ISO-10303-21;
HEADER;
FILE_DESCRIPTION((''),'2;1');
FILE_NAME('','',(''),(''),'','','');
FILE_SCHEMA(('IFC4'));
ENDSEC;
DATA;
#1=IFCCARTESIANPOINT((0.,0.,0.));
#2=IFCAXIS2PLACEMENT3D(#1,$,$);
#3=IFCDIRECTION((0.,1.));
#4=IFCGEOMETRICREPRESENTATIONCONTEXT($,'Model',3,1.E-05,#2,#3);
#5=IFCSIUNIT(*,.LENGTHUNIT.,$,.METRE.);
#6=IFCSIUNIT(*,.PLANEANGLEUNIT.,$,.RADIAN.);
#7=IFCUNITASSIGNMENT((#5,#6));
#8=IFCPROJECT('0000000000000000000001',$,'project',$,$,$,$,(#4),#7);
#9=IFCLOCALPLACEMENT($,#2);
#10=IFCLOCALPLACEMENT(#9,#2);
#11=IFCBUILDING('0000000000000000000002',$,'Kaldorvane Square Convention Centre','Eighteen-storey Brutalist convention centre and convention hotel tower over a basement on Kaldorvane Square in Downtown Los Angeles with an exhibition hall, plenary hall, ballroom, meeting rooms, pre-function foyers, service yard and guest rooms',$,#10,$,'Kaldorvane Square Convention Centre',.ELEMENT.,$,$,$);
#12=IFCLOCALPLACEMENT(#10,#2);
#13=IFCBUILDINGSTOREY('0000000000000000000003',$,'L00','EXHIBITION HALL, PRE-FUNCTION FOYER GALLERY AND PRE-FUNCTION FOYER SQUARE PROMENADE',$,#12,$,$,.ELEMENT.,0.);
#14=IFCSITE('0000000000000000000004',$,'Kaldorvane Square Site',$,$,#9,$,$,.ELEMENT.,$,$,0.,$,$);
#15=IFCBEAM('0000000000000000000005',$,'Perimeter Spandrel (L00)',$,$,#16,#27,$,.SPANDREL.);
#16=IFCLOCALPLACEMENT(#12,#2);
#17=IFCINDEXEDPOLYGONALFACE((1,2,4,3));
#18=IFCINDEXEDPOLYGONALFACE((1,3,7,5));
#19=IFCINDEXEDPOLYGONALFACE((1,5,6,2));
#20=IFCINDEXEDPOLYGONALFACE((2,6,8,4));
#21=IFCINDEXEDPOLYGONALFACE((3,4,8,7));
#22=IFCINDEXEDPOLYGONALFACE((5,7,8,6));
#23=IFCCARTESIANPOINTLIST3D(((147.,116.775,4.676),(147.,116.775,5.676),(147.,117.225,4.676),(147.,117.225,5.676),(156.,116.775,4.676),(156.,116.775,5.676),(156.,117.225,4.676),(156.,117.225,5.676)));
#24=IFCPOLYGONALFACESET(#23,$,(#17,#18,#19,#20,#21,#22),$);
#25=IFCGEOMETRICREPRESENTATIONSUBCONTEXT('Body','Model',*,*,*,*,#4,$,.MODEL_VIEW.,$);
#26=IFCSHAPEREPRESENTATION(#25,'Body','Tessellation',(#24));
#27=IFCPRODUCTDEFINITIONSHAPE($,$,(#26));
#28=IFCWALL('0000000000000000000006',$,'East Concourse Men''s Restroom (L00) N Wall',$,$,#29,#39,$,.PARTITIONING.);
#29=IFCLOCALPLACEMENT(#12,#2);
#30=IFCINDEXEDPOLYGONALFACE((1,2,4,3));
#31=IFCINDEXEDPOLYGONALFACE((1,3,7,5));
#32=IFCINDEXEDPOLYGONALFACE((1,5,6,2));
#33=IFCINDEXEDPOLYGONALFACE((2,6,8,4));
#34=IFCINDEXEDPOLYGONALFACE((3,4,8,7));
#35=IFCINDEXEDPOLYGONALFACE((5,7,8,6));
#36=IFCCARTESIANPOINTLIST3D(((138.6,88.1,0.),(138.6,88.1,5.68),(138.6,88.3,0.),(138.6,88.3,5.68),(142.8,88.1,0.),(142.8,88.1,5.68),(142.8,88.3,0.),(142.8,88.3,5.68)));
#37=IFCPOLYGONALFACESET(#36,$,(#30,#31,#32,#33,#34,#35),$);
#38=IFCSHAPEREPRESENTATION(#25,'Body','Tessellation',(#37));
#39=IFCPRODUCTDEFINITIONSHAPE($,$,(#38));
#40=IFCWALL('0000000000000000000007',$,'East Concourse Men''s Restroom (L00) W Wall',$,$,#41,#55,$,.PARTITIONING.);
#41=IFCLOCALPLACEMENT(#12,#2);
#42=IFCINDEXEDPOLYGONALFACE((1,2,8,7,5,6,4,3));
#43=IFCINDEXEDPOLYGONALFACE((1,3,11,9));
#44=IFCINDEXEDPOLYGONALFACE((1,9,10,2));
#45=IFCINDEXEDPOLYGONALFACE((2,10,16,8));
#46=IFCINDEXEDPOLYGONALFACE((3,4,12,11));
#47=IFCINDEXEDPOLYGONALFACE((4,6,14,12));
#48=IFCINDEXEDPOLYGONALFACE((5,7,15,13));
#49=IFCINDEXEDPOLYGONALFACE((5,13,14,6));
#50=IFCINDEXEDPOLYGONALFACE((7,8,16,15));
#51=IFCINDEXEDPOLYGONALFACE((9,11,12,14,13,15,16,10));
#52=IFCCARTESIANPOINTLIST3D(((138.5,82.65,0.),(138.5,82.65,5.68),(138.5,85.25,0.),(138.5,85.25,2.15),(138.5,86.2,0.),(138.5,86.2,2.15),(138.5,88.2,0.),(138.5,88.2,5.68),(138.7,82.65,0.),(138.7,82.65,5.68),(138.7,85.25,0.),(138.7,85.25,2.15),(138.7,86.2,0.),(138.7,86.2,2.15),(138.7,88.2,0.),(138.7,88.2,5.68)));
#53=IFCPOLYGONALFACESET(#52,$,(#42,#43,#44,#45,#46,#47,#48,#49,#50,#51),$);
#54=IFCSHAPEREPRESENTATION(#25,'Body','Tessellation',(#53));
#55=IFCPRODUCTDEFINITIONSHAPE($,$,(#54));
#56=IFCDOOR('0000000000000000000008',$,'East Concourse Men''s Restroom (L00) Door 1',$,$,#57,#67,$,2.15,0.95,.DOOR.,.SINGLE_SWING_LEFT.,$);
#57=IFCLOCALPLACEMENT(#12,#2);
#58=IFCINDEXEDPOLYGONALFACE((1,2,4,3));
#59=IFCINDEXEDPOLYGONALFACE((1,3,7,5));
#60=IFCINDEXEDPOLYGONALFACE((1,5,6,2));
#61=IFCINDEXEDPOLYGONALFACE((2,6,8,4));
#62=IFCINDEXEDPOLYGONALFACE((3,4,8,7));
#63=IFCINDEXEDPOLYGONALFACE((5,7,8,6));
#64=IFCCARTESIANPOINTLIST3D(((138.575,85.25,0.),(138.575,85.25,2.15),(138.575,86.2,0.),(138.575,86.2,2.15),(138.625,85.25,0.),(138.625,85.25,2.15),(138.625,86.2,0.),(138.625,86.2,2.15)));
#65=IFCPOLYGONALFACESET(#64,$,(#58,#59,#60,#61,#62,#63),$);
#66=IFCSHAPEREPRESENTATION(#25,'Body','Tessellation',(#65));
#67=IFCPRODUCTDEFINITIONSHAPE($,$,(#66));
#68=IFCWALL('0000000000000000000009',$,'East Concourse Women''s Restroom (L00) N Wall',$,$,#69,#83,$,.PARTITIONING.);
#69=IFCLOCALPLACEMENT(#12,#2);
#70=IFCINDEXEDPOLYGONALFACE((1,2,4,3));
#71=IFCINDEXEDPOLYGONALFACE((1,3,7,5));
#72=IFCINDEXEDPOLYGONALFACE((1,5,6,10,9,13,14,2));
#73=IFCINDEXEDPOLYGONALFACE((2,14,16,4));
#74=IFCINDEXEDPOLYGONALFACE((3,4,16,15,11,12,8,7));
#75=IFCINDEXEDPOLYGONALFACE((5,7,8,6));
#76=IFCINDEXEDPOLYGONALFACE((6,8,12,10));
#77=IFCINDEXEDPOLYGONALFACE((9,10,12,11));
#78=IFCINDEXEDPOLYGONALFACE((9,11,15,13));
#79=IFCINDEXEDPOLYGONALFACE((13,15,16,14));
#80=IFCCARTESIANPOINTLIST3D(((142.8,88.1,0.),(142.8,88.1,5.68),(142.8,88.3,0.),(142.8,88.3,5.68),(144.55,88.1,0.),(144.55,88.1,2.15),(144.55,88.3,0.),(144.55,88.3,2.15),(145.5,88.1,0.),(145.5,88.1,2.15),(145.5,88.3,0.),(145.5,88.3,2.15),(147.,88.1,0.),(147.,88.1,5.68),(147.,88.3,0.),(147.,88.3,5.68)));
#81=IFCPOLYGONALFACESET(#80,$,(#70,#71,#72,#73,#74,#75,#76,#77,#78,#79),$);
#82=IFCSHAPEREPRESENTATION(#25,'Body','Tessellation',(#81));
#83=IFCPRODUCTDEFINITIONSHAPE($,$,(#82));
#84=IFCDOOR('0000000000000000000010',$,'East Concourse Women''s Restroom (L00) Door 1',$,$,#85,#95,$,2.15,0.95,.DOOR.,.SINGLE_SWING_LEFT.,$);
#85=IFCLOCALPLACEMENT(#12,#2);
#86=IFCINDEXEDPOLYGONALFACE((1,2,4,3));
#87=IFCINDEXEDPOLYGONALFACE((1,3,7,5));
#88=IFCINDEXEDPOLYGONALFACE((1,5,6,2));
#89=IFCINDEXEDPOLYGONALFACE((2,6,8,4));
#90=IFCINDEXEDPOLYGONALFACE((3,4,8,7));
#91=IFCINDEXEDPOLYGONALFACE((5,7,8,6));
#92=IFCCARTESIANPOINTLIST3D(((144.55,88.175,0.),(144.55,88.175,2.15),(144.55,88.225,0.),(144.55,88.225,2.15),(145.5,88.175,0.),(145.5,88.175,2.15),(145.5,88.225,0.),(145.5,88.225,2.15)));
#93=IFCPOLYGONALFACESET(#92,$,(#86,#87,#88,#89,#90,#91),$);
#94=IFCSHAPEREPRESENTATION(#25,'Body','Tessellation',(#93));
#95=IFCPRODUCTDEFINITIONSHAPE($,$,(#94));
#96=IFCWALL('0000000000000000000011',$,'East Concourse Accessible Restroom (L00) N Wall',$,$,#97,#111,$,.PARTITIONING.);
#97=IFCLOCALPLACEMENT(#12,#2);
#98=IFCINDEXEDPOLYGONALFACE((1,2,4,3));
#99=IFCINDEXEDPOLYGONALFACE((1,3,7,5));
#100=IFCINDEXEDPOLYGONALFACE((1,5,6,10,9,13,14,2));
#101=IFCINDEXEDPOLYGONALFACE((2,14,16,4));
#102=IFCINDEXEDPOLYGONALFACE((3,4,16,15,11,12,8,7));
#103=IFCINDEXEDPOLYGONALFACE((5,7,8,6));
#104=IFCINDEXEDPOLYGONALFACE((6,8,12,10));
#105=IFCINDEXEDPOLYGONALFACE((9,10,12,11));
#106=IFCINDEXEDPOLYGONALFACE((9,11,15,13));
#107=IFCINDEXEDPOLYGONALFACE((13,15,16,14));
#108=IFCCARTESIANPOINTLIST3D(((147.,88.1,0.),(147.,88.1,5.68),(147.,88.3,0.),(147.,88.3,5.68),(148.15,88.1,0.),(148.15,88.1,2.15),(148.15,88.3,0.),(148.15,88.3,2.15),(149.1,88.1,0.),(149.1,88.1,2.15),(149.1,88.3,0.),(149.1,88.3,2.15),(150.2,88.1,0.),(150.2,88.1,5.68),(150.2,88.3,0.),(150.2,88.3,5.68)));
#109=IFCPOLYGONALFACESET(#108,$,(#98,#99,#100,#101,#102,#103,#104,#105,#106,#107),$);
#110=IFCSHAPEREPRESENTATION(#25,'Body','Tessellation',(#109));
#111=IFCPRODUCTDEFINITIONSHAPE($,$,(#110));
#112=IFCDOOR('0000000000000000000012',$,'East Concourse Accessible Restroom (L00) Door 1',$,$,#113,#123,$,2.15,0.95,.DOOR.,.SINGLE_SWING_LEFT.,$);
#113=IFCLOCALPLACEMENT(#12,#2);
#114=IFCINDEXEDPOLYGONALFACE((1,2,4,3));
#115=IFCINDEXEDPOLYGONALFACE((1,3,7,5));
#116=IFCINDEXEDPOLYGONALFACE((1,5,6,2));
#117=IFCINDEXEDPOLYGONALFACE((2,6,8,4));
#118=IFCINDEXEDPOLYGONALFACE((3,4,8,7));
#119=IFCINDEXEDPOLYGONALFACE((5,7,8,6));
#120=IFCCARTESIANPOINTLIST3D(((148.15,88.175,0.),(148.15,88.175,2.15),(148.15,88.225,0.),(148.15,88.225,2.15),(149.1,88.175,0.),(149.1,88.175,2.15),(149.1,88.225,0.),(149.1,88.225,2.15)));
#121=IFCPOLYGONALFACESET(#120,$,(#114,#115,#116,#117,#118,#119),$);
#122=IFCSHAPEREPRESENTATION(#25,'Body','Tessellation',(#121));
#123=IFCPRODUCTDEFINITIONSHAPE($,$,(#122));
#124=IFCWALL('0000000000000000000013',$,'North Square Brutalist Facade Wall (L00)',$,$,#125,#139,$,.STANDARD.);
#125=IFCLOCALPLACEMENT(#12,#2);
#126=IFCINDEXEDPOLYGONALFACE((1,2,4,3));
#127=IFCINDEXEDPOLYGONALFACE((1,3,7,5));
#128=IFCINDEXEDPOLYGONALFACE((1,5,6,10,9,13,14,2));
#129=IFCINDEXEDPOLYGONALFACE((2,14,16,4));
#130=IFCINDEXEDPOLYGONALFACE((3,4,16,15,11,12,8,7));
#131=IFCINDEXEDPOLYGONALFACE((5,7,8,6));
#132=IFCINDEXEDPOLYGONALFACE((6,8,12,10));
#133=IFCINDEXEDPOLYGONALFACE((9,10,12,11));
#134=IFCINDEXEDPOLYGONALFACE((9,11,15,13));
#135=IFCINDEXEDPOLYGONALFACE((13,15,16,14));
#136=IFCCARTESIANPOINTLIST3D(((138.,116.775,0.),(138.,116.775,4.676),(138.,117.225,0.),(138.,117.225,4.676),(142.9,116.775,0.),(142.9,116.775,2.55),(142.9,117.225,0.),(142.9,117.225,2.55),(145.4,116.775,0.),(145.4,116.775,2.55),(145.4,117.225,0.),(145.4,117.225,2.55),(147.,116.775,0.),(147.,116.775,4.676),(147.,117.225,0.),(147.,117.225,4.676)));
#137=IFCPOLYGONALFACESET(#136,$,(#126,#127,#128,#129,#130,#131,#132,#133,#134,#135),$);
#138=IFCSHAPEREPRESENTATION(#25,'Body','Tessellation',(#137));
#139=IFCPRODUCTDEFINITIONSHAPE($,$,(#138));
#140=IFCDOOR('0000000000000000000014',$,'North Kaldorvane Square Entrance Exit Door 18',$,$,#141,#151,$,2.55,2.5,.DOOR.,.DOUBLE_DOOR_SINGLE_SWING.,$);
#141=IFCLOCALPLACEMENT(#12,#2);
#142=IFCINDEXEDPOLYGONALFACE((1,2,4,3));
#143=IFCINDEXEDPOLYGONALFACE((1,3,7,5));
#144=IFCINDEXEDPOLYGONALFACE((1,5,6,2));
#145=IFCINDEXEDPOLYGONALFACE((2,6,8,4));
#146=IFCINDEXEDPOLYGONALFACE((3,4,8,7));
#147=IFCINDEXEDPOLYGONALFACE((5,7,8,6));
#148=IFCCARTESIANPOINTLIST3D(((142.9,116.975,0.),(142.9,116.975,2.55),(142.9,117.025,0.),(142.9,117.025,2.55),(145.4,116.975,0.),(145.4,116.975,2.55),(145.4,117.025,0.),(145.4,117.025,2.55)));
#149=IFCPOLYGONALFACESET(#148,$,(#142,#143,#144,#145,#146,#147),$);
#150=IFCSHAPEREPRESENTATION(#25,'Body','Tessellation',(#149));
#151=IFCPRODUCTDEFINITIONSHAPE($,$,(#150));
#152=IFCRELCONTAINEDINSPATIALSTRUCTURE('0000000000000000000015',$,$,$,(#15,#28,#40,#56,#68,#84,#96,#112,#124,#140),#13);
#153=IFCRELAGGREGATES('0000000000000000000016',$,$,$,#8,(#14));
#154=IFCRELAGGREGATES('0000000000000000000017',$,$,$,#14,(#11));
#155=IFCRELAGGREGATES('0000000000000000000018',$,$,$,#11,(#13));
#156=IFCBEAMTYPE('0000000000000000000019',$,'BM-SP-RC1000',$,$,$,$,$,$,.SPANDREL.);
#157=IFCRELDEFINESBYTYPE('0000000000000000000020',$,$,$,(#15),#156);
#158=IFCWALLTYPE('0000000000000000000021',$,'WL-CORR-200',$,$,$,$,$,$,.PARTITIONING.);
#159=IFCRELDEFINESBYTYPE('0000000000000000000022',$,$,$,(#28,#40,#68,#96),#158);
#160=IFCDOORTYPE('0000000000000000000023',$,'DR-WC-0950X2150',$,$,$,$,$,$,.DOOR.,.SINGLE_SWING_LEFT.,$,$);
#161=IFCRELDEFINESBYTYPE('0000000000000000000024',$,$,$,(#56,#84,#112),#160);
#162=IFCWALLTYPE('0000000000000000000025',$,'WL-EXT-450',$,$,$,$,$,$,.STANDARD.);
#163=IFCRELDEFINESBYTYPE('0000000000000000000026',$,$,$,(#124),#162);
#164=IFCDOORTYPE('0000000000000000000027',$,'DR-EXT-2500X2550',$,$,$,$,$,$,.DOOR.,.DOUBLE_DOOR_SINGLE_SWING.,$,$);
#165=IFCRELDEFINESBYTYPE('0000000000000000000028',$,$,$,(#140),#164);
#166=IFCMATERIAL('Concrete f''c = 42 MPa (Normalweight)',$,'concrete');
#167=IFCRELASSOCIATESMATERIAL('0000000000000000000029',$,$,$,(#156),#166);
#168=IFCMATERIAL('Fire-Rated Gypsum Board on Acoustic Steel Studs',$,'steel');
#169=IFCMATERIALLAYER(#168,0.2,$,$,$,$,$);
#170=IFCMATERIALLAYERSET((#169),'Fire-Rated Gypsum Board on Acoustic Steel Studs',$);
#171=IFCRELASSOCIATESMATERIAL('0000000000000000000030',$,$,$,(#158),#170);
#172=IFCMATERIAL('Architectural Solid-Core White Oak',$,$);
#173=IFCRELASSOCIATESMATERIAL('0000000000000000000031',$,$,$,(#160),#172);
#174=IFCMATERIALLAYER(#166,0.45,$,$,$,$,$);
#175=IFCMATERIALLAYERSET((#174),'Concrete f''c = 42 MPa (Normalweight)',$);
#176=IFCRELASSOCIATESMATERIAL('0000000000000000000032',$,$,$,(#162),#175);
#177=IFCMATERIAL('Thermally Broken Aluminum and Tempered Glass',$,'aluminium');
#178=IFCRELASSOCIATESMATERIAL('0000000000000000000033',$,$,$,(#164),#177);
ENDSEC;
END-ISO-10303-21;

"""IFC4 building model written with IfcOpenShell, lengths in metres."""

from ifc_helpers import new_model, si_unit, direction, frame, frame_2d, origin, origin_2d, place, context, subcontext, project, spatial, rectangle, extrude, material, layer, layer_set, material_profile, profile_set, type_object, element, fill, save


model = new_model("IFC4")

# Units and contexts
model_context = context("Model", 3, precision=1e-05, world=origin(), true_north=direction((0.0, 1.0)))
body_context = subcontext(model_context, "Body", "Model", "MODEL_VIEW")
ifc_project = project(units=[si_unit("LENGTHUNIT", "METRE"), si_unit("PLANEANGLEUNIT", "RADIAN")], contexts=[model_context])

# Site, building, storey
site_placement = place(None, origin())
site = spatial("IfcSite", under=ifc_project, at=site_placement, Name="Kaldorvane Square Site", CompositionType="ELEMENT", RefElevation=0.0)
building_placement = place(site_placement, origin())
building = spatial("IfcBuilding", under=site, at=building_placement, Name="Kaldorvane Square Convention Centre", Description="Eighteen-storey Brutalist convention centre and convention hotel tower over a basement on Kaldorvane Square in Downtown Los Angeles with an exhibition hall, plenary hall, ballroom, meeting rooms, pre-function foyers, service yard and guest rooms", LongName="Kaldorvane Square Convention Centre", CompositionType="ELEMENT")
storey_placement = place(building_placement, origin())
storey = spatial("IfcBuildingStorey", under=building, at=storey_placement, Name="L00", Description="EXHIBITION HALL, PRE-FUNCTION FOYER GALLERY AND PRE-FUNCTION FOYER SQUARE PROMENADE", CompositionType="ELEMENT", Elevation=0.0)

# Beam
ifc_material_1 = material(Name="Concrete f'c = 42 MPa (Normalweight)", Category="concrete")
ifc_material_profile_1 = material_profile(ifc_material_1, rectangle(XDim=0.45, YDim=1.0, at=origin_2d()), Name="RCSP1000X450")
ifc_profile_set_1 = profile_set([ifc_material_profile_1], Name="Concrete f'c = 42 MPa (Normalweight)")
beam_type_1 = type_object("IfcBeamType", Name="BM-SP-RC1000", PredefinedType="SPANDREL", material=ifc_profile_set_1)
beam_1_placement = place(storey_placement, frame((147.0, 117.0, 5.176), z_axis=(1.0, 0.0, 0.0), x_axis=(0.0, 1.0, 0.0)))
element("IfcBeam", 1, at=beam_1_placement, inside=storey, type_object=beam_type_1, Name="Perimeter Spandrel (L00)", PredefinedType="SPANDREL", context=body_context, shape_type="SweptSolid", body=[
    extrude(rectangle(XDim=0.45, YDim=1.0, at=origin_2d()), origin(), (0.0, 0.0, 1.0), 9.0),
])

# Wall
ifc_material_2 = material(Name="Fire-Rated Gypsum Board on Acoustic Steel Studs", Category="steel")
ifc_layer_1 = layer(ifc_material_2, 0.2)
ifc_layer_set_1 = layer_set([ifc_layer_1], Name="Fire-Rated Gypsum Board on Acoustic Steel Studs")
wall_type_1 = type_object("IfcWallType", Name="WL-CORR-200", PredefinedType="PARTITIONING", material=ifc_layer_set_1)
wall_1_placement = place(storey_placement, frame((142.8, 88.2, 0.0), z_axis=(0.0, 0.0, 1.0), x_axis=(-1.0, 0.0, 0.0)))
element("IfcWall", 2, at=wall_1_placement, inside=storey, type_object=wall_type_1, Name="East Concourse Men's Restroom (L00) N Wall", PredefinedType="PARTITIONING", context=body_context, shape_type="SweptSolid", body=[
    extrude(rectangle(XDim=4.2, YDim=0.2, at=frame_2d((2.1, 0.0))), origin(), (0.0, 0.0, 1.0), 5.68),
])

# Walls, openings, doors
wall_2_placement = place(storey_placement, frame((138.6, 88.2, 0.0), z_axis=(0.0, 0.0, 1.0), x_axis=(0.0, -1.0, 0.0)))
wall_2 = element("IfcWall", 3, at=wall_2_placement, inside=storey, type_object=wall_type_1, Name="East Concourse Men's Restroom (L00) W Wall", PredefinedType="PARTITIONING", context=body_context, shape_type="SweptSolid", body=[
    extrude(rectangle(XDim=5.55, YDim=0.2, at=frame_2d((2.775, 0.0))), origin(), (0.0, 0.0, 1.0), 5.68),
])
opening_1_placement = place(wall_2_placement, frame((2.0, 0.0, 0.0)))
opening_1 = element("IfcOpeningElement", 4, at=opening_1_placement, cuts=wall_2, PredefinedType="OPENING", context=body_context, shape_type="SweptSolid", body=[
    extrude(rectangle(XDim=0.95, YDim=2.15, at=frame_2d((0.475, 1.075))), frame((0.0, 0.115, 0.0), z_axis=(0.0, -1.0, 0.0), x_axis=(1.0, 0.0, 0.0)), (0.0, 0.0, 1.0), 0.23),
])
ifc_material_3 = material(Name="Architectural Solid-Core White Oak")
door_type_1 = type_object("IfcDoorType", Name="DR-WC-0950X2150", OperationType="SINGLE_SWING_LEFT", PredefinedType="DOOR", material=ifc_material_3)
door_1_placement = place(opening_1_placement, origin())
door_1 = element("IfcDoor", 5, at=door_1_placement, inside=storey, type_object=door_type_1, Name="East Concourse Men's Restroom (L00) Door 1", OperationType="SINGLE_SWING_LEFT", OverallHeight=2.15, OverallWidth=0.95, PredefinedType="DOOR", context=body_context, shape_type="SweptSolid", body=[
    extrude(rectangle(XDim=0.95, YDim=2.15, at=frame_2d((0.475, 1.075))), frame((0.0, 0.025, 0.0), z_axis=(0.0, -1.0, 0.0), x_axis=(1.0, 0.0, 0.0)), (0.0, 0.0, 1.0), 0.05),
])
fill(opening_1, door_1)
wall_3_placement = place(storey_placement, frame((147.0, 88.2, 0.0), z_axis=(0.0, 0.0, 1.0), x_axis=(-1.0, 0.0, 0.0)))
wall_3 = element("IfcWall", 6, at=wall_3_placement, inside=storey, type_object=wall_type_1, Name="East Concourse Women's Restroom (L00) N Wall", PredefinedType="PARTITIONING", context=body_context, shape_type="SweptSolid", body=[
    extrude(rectangle(XDim=4.2, YDim=0.2, at=frame_2d((2.1, 0.0))), origin(), (0.0, 0.0, 1.0), 5.68),
])
opening_2_placement = place(wall_3_placement, frame((1.5, 0.0, 0.0)))
opening_2 = element("IfcOpeningElement", 7, at=opening_2_placement, cuts=wall_3, PredefinedType="OPENING", context=body_context, shape_type="SweptSolid", body=[
    extrude(rectangle(XDim=0.95, YDim=2.15, at=frame_2d((0.475, 1.075))), frame((0.0, 0.115, 0.0), z_axis=(0.0, -1.0, 0.0), x_axis=(1.0, 0.0, 0.0)), (0.0, 0.0, 1.0), 0.23),
])
door_2_placement = place(opening_2_placement, origin())
door_2 = element("IfcDoor", 8, at=door_2_placement, inside=storey, type_object=door_type_1, Name="East Concourse Women's Restroom (L00) Door 1", OperationType="SINGLE_SWING_LEFT", OverallHeight=2.15, OverallWidth=0.95, PredefinedType="DOOR", context=body_context, shape_type="SweptSolid", body=[
    extrude(rectangle(XDim=0.95, YDim=2.15, at=frame_2d((0.475, 1.075))), frame((0.0, 0.025, 0.0), z_axis=(0.0, -1.0, 0.0), x_axis=(1.0, 0.0, 0.0)), (0.0, 0.0, 1.0), 0.05),
])
fill(opening_2, door_2)
wall_4_placement = place(storey_placement, frame((150.2, 88.2, 0.0), z_axis=(0.0, 0.0, 1.0), x_axis=(-1.0, 0.0, 0.0)))
wall_4 = element("IfcWall", 9, at=wall_4_placement, inside=storey, type_object=wall_type_1, Name="East Concourse Accessible Restroom (L00) N Wall", PredefinedType="PARTITIONING", context=body_context, shape_type="SweptSolid", body=[
    extrude(rectangle(XDim=3.2, YDim=0.2, at=frame_2d((1.6, 0.0))), origin(), (0.0, 0.0, 1.0), 5.68),
])
opening_3_placement = place(wall_4_placement, frame((1.1, 0.0, 0.0)))
opening_3 = element("IfcOpeningElement", 10, at=opening_3_placement, cuts=wall_4, PredefinedType="OPENING", context=body_context, shape_type="SweptSolid", body=[
    extrude(rectangle(XDim=0.95, YDim=2.15, at=frame_2d((0.475, 1.075))), frame((0.0, 0.115, 0.0), z_axis=(0.0, -1.0, 0.0), x_axis=(1.0, 0.0, 0.0)), (0.0, 0.0, 1.0), 0.23),
])
door_3_placement = place(opening_3_placement, origin())
door_3 = element("IfcDoor", 11, at=door_3_placement, inside=storey, type_object=door_type_1, Name="East Concourse Accessible Restroom (L00) Door 1", OperationType="SINGLE_SWING_LEFT", OverallHeight=2.15, OverallWidth=0.95, PredefinedType="DOOR", context=body_context, shape_type="SweptSolid", body=[
    extrude(rectangle(XDim=0.95, YDim=2.15, at=frame_2d((0.475, 1.075))), frame((0.0, 0.025, 0.0), z_axis=(0.0, -1.0, 0.0), x_axis=(1.0, 0.0, 0.0)), (0.0, 0.0, 1.0), 0.05),
])
fill(opening_3, door_3)
ifc_layer_2 = layer(ifc_material_1, 0.45)
ifc_layer_set_2 = layer_set([ifc_layer_2], Name="Concrete f'c = 42 MPa (Normalweight)")
wall_type_2 = type_object("IfcWallType", Name="WL-EXT-450", PredefinedType="STANDARD", material=ifc_layer_set_2)
wall_5_placement = place(storey_placement, frame((147.0, 117.0, 0.0), z_axis=(0.0, 0.0, 1.0), x_axis=(-1.0, 0.0, 0.0)))
wall_5 = element("IfcWall", 12, at=wall_5_placement, inside=storey, type_object=wall_type_2, Name="North Square Brutalist Facade Wall (L00)", PredefinedType="STANDARD", context=body_context, shape_type="SweptSolid", body=[
    extrude(rectangle(XDim=9.0, YDim=0.45, at=frame_2d((4.5, 0.0))), origin(), (0.0, 0.0, 1.0), 4.676),
])
opening_4_placement = place(wall_5_placement, frame((1.6, 0.0, 0.0)))
opening_4 = element("IfcOpeningElement", 13, at=opening_4_placement, cuts=wall_5, PredefinedType="OPENING", context=body_context, shape_type="SweptSolid", body=[
    extrude(rectangle(XDim=2.5, YDim=2.55, at=frame_2d((1.25, 1.275))), frame((0.0, 0.24, 0.0), z_axis=(0.0, -1.0, 0.0), x_axis=(1.0, 0.0, 0.0)), (0.0, 0.0, 1.0), 0.48),
])
ifc_material_4 = material(Name="Thermally Broken Aluminum and Tempered Glass", Category="aluminium")
door_type_2 = type_object("IfcDoorType", Name="DR-EXT-2500X2550", OperationType="DOUBLE_DOOR_SINGLE_SWING", PredefinedType="DOOR", material=ifc_material_4)
door_4_placement = place(opening_4_placement, origin())
door_4 = element("IfcDoor", 14, at=door_4_placement, inside=storey, type_object=door_type_2, Name="North Kaldorvane Square Entrance Exit Door 18", OperationType="DOUBLE_DOOR_SINGLE_SWING", OverallHeight=2.55, OverallWidth=2.5, PredefinedType="DOOR", context=body_context, shape_type="SweptSolid", body=[
    extrude(rectangle(XDim=2.5, YDim=2.55, at=frame_2d((1.25, 1.275))), frame((0.0, 0.025, 0.0), z_axis=(0.0, -1.0, 0.0), x_axis=(1.0, 0.0, 0.0)), (0.0, 0.0, 1.0), 0.05),
])
fill(opening_4, door_4)

save(model, "model.ifc")
